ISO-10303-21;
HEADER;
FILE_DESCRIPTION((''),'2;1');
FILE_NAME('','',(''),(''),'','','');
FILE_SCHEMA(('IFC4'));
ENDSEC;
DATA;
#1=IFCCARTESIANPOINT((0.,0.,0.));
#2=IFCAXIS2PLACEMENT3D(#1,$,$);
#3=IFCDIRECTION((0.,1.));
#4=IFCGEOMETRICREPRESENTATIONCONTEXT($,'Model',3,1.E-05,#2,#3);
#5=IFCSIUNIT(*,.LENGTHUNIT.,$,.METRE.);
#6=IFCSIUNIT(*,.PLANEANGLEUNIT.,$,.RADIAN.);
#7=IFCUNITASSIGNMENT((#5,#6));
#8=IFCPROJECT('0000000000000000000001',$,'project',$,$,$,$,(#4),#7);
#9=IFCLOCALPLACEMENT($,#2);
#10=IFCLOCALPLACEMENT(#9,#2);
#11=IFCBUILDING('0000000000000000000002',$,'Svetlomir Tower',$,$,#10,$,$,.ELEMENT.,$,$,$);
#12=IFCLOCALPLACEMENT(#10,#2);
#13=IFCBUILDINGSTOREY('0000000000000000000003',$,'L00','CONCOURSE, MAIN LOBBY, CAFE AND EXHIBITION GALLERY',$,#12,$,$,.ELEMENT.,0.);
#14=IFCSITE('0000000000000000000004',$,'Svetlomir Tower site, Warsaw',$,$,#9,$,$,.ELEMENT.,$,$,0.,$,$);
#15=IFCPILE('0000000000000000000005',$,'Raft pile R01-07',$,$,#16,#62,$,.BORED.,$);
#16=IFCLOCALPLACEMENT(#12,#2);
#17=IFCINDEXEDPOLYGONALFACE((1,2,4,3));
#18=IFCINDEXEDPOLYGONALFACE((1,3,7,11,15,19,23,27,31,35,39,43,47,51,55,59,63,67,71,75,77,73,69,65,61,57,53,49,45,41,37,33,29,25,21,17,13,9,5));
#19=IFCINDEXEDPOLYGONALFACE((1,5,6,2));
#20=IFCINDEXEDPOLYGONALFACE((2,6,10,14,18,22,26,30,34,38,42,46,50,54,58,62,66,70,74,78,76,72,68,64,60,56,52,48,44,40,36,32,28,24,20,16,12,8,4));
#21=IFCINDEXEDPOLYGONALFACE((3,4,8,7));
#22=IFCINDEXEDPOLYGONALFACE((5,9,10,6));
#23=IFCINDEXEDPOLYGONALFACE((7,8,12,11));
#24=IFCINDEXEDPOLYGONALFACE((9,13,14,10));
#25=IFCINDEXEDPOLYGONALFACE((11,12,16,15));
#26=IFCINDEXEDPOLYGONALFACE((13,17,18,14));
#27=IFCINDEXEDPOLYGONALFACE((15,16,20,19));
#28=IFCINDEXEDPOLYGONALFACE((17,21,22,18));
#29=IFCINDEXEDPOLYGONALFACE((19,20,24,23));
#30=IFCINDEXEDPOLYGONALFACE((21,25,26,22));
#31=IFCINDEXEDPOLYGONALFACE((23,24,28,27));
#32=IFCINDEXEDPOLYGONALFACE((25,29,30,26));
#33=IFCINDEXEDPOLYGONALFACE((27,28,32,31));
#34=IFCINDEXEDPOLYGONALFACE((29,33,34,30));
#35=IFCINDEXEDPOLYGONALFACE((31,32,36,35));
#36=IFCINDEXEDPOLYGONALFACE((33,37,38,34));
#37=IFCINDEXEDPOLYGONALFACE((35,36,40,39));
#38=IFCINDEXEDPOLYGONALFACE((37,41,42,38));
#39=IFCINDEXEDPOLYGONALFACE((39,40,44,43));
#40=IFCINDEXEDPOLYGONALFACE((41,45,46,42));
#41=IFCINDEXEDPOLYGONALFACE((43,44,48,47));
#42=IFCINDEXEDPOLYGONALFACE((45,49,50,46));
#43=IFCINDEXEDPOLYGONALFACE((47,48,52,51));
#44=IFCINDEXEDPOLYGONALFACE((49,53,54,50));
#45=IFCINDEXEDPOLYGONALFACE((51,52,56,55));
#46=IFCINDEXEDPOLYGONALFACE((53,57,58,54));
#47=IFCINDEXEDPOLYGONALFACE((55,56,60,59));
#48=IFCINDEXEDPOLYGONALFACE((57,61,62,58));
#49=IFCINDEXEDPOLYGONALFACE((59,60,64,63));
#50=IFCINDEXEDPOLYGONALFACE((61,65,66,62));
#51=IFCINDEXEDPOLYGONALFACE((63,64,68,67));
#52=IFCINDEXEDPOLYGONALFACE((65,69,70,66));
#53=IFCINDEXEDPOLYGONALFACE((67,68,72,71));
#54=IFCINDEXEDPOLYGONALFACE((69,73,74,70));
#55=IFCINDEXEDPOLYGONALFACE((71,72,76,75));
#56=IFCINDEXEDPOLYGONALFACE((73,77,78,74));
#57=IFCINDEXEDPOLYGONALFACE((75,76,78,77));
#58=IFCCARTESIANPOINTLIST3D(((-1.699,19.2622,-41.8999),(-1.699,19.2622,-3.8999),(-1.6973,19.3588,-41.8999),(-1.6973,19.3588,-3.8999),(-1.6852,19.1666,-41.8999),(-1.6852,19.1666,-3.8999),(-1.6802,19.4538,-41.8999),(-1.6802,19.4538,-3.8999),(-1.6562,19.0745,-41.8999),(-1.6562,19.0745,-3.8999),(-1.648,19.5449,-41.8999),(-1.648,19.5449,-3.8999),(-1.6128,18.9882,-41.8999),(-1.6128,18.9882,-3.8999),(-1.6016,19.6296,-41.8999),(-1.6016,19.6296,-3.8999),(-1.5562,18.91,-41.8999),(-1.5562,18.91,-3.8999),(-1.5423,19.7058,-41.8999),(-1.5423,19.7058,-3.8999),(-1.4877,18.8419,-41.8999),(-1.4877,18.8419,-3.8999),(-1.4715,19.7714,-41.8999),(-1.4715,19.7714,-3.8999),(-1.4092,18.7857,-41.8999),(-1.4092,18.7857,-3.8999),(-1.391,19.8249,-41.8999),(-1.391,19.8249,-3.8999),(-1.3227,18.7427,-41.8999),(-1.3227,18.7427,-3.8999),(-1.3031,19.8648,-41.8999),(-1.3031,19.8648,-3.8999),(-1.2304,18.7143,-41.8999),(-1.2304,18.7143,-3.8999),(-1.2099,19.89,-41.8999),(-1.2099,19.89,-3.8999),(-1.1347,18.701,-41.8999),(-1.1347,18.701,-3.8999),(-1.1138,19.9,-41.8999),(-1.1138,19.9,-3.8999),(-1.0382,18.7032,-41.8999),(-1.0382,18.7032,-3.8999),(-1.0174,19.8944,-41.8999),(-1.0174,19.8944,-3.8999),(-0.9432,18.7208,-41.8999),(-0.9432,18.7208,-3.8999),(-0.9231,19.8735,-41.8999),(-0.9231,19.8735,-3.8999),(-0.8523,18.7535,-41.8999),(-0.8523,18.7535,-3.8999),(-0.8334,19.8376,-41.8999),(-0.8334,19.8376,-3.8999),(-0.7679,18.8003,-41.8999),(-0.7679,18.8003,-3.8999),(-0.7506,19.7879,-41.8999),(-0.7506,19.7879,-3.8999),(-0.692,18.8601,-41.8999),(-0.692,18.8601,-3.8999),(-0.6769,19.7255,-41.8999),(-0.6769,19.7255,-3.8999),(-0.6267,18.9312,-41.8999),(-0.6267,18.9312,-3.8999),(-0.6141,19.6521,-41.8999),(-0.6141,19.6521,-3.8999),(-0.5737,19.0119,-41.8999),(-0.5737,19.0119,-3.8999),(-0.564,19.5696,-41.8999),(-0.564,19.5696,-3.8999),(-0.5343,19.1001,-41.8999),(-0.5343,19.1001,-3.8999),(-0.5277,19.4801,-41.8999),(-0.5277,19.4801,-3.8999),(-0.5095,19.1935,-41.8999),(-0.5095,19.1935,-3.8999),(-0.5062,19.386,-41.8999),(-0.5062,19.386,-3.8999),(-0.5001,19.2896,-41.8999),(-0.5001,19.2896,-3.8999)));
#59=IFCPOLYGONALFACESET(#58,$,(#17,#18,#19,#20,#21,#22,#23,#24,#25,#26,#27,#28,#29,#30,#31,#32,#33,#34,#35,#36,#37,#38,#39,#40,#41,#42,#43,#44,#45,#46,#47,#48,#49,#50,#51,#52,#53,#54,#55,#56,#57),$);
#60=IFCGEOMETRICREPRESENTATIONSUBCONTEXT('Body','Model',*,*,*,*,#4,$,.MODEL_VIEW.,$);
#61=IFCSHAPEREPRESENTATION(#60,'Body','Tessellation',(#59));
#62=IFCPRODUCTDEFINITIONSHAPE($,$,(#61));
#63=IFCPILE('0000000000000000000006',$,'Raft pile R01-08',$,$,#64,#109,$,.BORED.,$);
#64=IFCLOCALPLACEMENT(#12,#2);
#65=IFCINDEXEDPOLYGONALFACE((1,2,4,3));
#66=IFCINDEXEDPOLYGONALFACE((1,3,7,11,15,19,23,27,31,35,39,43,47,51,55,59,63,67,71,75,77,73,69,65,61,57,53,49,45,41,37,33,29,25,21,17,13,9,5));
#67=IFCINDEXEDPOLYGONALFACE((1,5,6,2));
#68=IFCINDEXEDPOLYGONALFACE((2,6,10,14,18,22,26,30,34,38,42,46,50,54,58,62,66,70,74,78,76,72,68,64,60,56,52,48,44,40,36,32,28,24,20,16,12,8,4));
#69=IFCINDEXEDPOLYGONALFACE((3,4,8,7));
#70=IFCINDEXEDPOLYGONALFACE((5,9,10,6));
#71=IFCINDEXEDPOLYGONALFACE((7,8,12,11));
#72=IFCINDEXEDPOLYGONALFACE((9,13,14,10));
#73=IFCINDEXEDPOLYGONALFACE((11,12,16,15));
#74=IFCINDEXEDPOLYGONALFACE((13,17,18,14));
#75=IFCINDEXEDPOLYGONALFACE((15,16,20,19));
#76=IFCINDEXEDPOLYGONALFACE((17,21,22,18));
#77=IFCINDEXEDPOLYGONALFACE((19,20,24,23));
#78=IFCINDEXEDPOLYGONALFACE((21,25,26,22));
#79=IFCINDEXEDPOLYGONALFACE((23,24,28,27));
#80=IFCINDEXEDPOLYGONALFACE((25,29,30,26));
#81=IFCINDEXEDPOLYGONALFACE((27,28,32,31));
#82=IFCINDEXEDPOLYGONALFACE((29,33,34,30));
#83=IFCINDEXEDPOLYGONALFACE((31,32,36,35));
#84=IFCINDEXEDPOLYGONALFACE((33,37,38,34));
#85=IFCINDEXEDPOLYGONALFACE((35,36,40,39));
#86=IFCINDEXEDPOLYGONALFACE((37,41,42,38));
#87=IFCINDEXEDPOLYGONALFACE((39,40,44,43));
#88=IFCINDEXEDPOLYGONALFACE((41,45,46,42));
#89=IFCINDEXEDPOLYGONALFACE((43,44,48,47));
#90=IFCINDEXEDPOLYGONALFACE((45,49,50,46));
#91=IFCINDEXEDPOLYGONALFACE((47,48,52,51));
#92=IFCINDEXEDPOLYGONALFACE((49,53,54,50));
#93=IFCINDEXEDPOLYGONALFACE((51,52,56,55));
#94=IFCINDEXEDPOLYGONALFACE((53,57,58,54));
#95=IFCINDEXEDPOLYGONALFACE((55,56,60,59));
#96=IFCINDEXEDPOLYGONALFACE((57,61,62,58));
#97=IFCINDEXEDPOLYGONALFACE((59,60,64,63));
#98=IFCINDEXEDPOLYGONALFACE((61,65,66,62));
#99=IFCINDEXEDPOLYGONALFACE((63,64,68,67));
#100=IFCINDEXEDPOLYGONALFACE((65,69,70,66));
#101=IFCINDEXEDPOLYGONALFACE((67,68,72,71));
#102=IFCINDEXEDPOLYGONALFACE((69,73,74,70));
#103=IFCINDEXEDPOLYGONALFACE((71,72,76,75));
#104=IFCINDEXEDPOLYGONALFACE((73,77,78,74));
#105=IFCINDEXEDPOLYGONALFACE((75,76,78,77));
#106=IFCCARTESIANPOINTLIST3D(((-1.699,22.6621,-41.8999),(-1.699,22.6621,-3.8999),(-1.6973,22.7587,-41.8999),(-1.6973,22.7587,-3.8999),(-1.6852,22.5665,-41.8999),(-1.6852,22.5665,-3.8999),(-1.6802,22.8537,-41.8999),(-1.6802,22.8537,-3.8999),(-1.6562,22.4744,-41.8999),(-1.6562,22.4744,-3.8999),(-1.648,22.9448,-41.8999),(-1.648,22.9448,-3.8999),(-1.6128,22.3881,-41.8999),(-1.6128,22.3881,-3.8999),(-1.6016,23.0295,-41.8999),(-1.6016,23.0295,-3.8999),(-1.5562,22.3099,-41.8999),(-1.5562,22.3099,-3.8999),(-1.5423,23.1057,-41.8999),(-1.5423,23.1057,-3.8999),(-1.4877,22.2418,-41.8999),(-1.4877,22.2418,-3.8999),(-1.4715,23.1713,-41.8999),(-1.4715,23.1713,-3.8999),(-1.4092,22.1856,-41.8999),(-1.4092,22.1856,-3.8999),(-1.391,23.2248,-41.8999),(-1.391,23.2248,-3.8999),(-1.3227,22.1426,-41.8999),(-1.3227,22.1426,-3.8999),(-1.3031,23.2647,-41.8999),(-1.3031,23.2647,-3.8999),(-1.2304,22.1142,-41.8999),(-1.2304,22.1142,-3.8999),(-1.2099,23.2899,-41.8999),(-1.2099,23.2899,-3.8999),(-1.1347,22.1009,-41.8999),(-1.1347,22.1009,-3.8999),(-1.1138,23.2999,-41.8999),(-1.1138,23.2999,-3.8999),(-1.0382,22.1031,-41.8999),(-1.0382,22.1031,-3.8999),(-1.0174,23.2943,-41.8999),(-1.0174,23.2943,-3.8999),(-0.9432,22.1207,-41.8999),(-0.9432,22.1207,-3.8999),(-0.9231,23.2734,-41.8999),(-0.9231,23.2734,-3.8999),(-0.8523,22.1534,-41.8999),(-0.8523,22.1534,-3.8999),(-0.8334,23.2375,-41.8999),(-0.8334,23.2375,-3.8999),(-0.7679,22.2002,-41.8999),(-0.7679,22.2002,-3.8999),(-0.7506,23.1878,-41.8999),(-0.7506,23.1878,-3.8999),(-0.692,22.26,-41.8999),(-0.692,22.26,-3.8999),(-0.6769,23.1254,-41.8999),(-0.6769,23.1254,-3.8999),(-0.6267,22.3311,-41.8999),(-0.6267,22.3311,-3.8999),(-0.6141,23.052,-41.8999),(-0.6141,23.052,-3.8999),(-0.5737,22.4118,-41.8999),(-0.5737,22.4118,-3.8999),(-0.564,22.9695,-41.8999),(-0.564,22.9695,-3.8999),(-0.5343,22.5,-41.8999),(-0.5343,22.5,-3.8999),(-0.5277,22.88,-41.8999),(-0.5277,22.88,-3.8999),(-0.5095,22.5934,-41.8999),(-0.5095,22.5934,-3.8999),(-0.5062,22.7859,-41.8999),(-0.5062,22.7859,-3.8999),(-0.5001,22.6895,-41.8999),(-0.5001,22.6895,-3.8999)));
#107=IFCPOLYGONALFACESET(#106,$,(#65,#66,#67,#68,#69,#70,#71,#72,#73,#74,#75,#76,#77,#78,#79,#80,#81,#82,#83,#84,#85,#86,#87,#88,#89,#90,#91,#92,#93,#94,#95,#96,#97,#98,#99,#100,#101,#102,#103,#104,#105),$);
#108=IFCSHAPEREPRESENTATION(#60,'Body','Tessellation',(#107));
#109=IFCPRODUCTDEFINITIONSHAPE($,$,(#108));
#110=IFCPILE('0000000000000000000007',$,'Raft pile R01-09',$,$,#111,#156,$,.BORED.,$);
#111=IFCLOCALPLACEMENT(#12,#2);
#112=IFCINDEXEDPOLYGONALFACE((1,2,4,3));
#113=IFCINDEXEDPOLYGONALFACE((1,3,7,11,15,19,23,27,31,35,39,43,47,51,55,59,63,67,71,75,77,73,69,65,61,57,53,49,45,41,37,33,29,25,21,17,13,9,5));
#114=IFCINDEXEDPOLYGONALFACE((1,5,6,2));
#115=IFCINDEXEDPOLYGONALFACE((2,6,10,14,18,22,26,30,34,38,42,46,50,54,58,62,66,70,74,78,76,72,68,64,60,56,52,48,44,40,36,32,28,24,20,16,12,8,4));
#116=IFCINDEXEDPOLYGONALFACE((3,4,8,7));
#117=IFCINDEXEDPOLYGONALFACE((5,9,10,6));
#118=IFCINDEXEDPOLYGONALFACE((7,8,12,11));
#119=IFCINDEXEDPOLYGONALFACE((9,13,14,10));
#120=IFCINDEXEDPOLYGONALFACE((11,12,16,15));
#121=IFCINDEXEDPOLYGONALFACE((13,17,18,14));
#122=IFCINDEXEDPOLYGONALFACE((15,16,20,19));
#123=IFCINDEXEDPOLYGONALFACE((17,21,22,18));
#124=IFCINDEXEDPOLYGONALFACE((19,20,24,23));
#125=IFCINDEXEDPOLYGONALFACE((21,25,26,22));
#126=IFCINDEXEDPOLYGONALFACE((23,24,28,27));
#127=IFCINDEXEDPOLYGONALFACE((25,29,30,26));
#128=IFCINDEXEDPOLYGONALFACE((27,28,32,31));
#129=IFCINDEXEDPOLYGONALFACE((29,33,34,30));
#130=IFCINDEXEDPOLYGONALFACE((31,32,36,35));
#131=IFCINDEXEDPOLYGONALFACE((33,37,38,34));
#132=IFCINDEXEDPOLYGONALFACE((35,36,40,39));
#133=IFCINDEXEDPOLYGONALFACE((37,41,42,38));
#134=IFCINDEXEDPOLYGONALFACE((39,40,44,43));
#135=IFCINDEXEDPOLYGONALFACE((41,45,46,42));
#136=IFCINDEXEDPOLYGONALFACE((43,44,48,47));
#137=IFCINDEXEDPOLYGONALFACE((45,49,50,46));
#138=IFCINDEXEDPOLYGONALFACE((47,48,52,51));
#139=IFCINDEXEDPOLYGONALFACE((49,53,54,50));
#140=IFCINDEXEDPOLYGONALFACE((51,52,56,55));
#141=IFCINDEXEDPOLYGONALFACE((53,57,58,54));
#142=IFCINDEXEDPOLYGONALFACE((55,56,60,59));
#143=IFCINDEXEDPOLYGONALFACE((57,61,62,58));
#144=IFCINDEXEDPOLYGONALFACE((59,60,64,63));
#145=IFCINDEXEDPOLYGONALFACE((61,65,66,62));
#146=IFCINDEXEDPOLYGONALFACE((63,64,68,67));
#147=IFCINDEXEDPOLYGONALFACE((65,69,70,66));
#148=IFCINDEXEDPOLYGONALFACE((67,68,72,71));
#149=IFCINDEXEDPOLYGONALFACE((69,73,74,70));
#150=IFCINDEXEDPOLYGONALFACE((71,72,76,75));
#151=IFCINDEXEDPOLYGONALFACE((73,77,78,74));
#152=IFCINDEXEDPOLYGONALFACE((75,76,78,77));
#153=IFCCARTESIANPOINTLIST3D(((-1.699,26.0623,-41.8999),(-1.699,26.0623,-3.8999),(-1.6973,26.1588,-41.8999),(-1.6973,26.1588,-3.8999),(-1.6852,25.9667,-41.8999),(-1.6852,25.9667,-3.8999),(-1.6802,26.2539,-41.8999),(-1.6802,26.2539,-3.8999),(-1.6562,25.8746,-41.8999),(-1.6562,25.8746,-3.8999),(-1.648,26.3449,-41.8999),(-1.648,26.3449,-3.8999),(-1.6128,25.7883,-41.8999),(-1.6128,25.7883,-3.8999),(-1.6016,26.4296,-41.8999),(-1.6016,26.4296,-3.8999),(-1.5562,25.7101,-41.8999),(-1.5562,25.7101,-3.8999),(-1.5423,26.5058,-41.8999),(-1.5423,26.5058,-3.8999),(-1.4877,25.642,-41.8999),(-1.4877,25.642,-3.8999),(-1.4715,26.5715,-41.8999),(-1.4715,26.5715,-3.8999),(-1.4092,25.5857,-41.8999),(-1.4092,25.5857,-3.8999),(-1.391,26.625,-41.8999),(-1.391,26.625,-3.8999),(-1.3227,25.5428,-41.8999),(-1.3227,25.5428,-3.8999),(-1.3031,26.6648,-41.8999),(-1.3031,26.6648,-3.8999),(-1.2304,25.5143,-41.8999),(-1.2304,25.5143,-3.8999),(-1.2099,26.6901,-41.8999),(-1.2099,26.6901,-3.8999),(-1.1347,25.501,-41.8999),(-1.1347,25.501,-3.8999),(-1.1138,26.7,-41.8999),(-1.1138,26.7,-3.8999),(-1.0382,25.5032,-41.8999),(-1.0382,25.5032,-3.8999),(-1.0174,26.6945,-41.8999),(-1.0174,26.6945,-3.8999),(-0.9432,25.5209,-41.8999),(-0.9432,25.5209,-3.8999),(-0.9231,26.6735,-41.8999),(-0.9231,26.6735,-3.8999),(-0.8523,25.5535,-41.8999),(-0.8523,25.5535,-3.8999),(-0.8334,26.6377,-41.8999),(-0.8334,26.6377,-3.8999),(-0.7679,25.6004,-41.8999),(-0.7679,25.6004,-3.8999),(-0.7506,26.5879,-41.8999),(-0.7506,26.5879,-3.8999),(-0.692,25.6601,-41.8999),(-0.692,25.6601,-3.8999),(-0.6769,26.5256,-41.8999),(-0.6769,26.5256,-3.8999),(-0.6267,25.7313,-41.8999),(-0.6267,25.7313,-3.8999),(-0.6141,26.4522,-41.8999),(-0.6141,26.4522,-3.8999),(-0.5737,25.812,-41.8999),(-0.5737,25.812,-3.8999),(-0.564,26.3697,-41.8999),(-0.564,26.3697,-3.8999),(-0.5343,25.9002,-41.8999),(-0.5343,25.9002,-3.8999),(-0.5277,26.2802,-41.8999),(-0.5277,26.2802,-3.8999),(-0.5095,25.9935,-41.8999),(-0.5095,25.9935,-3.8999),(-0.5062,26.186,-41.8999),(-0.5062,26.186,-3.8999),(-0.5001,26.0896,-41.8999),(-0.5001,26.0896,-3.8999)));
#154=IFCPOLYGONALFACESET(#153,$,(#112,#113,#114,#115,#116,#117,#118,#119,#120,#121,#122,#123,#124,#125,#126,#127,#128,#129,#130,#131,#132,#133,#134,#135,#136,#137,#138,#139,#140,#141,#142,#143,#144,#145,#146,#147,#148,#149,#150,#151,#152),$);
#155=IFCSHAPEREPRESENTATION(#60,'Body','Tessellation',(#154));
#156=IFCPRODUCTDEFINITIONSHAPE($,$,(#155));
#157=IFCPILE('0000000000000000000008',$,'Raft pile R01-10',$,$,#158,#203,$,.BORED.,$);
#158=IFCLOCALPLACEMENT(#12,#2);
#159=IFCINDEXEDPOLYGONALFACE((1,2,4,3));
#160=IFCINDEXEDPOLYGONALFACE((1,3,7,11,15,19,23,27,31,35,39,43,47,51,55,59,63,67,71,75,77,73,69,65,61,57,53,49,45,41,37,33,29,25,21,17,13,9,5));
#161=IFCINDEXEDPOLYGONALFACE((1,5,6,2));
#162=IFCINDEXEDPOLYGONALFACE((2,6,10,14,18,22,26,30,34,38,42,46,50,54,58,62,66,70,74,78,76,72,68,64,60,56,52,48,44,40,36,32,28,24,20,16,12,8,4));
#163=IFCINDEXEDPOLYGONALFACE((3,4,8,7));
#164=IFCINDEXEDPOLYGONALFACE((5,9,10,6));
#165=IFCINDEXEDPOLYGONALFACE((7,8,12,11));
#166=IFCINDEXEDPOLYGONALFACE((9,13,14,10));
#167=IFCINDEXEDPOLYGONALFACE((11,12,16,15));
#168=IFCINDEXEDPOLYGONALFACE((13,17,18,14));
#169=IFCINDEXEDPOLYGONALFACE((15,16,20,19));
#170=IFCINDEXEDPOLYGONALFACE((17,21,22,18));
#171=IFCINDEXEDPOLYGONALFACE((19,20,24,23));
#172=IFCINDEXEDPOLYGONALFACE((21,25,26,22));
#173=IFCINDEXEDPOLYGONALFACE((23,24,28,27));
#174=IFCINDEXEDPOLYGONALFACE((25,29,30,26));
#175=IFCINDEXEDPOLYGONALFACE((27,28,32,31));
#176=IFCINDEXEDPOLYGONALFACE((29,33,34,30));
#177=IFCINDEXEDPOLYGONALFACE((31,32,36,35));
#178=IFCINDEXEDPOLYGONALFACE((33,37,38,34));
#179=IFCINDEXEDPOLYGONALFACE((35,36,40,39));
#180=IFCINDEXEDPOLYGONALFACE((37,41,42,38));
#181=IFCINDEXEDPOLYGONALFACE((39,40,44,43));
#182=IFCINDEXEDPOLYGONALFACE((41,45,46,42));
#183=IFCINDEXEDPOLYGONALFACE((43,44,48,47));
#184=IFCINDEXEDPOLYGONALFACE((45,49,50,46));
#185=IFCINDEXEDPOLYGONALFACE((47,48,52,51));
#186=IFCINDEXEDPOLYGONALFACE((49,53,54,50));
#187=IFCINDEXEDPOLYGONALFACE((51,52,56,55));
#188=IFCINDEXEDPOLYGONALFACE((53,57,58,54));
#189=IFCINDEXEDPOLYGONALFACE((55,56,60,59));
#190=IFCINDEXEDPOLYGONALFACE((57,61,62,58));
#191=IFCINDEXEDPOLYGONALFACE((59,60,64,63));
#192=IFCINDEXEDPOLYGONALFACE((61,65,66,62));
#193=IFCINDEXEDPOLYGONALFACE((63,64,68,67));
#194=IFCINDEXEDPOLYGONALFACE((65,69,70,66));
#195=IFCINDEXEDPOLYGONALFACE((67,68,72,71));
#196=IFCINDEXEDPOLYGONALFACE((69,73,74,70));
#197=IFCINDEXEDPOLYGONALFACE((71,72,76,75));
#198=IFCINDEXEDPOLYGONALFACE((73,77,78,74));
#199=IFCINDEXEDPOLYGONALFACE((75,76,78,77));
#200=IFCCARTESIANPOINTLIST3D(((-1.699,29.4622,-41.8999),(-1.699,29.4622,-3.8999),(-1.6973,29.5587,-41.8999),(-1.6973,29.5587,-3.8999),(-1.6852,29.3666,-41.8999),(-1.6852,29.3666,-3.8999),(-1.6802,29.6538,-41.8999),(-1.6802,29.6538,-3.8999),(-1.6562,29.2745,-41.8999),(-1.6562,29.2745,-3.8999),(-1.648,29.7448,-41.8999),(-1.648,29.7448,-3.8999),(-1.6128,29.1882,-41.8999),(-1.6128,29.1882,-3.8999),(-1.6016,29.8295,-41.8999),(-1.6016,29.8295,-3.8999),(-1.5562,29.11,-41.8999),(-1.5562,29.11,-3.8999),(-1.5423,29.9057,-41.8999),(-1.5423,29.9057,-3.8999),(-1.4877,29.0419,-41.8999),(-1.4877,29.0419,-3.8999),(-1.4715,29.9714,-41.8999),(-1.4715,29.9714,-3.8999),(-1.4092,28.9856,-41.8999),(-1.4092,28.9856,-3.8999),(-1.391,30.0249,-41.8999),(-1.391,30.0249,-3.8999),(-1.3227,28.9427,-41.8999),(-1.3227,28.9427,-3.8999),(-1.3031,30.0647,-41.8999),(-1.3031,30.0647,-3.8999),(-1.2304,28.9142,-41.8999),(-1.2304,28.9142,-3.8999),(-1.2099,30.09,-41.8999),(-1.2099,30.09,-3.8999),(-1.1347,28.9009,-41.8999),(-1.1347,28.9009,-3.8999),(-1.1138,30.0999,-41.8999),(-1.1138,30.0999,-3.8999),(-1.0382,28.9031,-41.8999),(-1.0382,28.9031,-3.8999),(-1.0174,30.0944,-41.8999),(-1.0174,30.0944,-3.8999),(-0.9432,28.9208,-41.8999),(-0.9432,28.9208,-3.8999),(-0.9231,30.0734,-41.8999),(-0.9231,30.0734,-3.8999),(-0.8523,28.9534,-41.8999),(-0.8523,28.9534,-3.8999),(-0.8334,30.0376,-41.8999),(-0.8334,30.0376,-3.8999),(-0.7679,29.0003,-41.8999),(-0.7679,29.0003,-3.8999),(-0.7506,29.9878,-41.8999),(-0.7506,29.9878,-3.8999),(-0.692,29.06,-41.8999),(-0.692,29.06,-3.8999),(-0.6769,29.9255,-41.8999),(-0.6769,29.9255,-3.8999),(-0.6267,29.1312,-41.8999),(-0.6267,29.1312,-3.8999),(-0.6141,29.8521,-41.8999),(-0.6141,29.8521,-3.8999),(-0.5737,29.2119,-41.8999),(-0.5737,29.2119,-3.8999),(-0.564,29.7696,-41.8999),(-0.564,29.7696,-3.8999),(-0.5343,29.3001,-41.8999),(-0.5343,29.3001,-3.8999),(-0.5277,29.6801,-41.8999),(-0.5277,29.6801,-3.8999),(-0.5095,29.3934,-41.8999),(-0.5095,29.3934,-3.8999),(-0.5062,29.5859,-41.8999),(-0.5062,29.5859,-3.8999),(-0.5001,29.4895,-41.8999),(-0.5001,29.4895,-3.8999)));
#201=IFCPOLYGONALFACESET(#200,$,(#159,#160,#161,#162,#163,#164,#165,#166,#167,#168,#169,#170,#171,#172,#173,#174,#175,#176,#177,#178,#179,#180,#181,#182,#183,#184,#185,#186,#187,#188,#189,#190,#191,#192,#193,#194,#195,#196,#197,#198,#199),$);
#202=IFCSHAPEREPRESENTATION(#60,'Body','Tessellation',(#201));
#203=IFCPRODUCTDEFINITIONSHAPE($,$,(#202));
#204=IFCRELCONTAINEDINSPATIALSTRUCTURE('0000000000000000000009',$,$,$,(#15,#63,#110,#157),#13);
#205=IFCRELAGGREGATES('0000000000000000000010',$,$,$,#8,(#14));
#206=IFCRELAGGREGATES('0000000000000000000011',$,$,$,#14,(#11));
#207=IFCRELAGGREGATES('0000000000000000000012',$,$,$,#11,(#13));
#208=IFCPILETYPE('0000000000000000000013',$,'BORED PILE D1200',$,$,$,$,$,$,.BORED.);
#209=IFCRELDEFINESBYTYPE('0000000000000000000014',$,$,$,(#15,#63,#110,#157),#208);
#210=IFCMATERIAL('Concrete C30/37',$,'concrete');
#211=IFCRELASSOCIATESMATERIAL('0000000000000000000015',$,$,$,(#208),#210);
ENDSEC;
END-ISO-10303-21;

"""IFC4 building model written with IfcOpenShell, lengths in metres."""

from ifc_helpers import new_model, si_unit, direction, frame, frame_2d, origin, origin_2d, place, context, subcontext, project, spatial, circle, extrude, material, material_profile, profile_set, type_object, element, save


model = new_model("IFC4")

# Units and contexts
model_context = context("Model", 3, precision=1e-05, world=origin(), true_north=direction((0.0, 1.0)))
body_context = subcontext(model_context, "Body", "Model", "MODEL_VIEW")
ifc_project = project(units=[si_unit("LENGTHUNIT", "METRE"), si_unit("PLANEANGLEUNIT", "RADIAN")], contexts=[model_context])

# Site, building, storey
site_placement = place(None, origin())
site = spatial("IfcSite", under=ifc_project, at=site_placement, Name="Svetlomir Tower site, Warsaw", CompositionType="ELEMENT", RefElevation=0.0)
building_placement = place(site_placement, origin())
building = spatial("IfcBuilding", under=site, at=building_placement, Name="Svetlomir Tower", CompositionType="ELEMENT")
storey_placement = place(building_placement, origin())
storey = spatial("IfcBuildingStorey", under=building, at=storey_placement, Name="L00", Description="CONCOURSE, MAIN LOBBY, CAFE AND EXHIBITION GALLERY", CompositionType="ELEMENT", Elevation=0.0)

# Piles
ifc_material_1 = material(Name="Concrete C30/37", Category="concrete")
ifc_material_profile_1 = material_profile(ifc_material_1, circle(Radius=0.6001, at=origin_2d()), Name="D1200")
ifc_profile_set_1 = profile_set([ifc_material_profile_1], Name="Concrete C30/37")
pile_type_1 = type_object("IfcPileType", Name="BORED PILE D1200", PredefinedType="BORED", material=ifc_profile_set_1)
for number, where, z_axis, x_axis, name in (
    (1, (-1.1001, 19.3, -3.8999), (0.0, 0.0, -1.0), (1.0, 0.0, 0.0), "Raft pile R01-07"),
    (2, (-1.1001, 22.7, -3.8999), (0.0, 0.0, -1.0), (1.0, 0.0, 0.0), "Raft pile R01-08"),
    (3, (-1.1001, 26.1001, -3.8999), (0.0, 0.0, -1.0), (1.0, 0.0, 0.0), "Raft pile R01-09"),
    (4, (-1.1001, 29.5, -3.8999), (0.0, 0.0, -1.0), (1.0, 0.0, 0.0), "Raft pile R01-10"),
):
    element("IfcPile", number, at=place(storey_placement, frame(where, z_axis=z_axis, x_axis=x_axis)), inside=storey, type_object=pile_type_1, Name=name, PredefinedType="BORED", context=body_context, shape_type="SweptSolid", body=[
        extrude(circle(Radius=0.6001, at=frame_2d((0.0, 0.0), x_axis=(0.999848, 0.017452))), origin(), (0.0, 0.0, 1.0), 38.0),
    ])

save(model, "model.ifc")
